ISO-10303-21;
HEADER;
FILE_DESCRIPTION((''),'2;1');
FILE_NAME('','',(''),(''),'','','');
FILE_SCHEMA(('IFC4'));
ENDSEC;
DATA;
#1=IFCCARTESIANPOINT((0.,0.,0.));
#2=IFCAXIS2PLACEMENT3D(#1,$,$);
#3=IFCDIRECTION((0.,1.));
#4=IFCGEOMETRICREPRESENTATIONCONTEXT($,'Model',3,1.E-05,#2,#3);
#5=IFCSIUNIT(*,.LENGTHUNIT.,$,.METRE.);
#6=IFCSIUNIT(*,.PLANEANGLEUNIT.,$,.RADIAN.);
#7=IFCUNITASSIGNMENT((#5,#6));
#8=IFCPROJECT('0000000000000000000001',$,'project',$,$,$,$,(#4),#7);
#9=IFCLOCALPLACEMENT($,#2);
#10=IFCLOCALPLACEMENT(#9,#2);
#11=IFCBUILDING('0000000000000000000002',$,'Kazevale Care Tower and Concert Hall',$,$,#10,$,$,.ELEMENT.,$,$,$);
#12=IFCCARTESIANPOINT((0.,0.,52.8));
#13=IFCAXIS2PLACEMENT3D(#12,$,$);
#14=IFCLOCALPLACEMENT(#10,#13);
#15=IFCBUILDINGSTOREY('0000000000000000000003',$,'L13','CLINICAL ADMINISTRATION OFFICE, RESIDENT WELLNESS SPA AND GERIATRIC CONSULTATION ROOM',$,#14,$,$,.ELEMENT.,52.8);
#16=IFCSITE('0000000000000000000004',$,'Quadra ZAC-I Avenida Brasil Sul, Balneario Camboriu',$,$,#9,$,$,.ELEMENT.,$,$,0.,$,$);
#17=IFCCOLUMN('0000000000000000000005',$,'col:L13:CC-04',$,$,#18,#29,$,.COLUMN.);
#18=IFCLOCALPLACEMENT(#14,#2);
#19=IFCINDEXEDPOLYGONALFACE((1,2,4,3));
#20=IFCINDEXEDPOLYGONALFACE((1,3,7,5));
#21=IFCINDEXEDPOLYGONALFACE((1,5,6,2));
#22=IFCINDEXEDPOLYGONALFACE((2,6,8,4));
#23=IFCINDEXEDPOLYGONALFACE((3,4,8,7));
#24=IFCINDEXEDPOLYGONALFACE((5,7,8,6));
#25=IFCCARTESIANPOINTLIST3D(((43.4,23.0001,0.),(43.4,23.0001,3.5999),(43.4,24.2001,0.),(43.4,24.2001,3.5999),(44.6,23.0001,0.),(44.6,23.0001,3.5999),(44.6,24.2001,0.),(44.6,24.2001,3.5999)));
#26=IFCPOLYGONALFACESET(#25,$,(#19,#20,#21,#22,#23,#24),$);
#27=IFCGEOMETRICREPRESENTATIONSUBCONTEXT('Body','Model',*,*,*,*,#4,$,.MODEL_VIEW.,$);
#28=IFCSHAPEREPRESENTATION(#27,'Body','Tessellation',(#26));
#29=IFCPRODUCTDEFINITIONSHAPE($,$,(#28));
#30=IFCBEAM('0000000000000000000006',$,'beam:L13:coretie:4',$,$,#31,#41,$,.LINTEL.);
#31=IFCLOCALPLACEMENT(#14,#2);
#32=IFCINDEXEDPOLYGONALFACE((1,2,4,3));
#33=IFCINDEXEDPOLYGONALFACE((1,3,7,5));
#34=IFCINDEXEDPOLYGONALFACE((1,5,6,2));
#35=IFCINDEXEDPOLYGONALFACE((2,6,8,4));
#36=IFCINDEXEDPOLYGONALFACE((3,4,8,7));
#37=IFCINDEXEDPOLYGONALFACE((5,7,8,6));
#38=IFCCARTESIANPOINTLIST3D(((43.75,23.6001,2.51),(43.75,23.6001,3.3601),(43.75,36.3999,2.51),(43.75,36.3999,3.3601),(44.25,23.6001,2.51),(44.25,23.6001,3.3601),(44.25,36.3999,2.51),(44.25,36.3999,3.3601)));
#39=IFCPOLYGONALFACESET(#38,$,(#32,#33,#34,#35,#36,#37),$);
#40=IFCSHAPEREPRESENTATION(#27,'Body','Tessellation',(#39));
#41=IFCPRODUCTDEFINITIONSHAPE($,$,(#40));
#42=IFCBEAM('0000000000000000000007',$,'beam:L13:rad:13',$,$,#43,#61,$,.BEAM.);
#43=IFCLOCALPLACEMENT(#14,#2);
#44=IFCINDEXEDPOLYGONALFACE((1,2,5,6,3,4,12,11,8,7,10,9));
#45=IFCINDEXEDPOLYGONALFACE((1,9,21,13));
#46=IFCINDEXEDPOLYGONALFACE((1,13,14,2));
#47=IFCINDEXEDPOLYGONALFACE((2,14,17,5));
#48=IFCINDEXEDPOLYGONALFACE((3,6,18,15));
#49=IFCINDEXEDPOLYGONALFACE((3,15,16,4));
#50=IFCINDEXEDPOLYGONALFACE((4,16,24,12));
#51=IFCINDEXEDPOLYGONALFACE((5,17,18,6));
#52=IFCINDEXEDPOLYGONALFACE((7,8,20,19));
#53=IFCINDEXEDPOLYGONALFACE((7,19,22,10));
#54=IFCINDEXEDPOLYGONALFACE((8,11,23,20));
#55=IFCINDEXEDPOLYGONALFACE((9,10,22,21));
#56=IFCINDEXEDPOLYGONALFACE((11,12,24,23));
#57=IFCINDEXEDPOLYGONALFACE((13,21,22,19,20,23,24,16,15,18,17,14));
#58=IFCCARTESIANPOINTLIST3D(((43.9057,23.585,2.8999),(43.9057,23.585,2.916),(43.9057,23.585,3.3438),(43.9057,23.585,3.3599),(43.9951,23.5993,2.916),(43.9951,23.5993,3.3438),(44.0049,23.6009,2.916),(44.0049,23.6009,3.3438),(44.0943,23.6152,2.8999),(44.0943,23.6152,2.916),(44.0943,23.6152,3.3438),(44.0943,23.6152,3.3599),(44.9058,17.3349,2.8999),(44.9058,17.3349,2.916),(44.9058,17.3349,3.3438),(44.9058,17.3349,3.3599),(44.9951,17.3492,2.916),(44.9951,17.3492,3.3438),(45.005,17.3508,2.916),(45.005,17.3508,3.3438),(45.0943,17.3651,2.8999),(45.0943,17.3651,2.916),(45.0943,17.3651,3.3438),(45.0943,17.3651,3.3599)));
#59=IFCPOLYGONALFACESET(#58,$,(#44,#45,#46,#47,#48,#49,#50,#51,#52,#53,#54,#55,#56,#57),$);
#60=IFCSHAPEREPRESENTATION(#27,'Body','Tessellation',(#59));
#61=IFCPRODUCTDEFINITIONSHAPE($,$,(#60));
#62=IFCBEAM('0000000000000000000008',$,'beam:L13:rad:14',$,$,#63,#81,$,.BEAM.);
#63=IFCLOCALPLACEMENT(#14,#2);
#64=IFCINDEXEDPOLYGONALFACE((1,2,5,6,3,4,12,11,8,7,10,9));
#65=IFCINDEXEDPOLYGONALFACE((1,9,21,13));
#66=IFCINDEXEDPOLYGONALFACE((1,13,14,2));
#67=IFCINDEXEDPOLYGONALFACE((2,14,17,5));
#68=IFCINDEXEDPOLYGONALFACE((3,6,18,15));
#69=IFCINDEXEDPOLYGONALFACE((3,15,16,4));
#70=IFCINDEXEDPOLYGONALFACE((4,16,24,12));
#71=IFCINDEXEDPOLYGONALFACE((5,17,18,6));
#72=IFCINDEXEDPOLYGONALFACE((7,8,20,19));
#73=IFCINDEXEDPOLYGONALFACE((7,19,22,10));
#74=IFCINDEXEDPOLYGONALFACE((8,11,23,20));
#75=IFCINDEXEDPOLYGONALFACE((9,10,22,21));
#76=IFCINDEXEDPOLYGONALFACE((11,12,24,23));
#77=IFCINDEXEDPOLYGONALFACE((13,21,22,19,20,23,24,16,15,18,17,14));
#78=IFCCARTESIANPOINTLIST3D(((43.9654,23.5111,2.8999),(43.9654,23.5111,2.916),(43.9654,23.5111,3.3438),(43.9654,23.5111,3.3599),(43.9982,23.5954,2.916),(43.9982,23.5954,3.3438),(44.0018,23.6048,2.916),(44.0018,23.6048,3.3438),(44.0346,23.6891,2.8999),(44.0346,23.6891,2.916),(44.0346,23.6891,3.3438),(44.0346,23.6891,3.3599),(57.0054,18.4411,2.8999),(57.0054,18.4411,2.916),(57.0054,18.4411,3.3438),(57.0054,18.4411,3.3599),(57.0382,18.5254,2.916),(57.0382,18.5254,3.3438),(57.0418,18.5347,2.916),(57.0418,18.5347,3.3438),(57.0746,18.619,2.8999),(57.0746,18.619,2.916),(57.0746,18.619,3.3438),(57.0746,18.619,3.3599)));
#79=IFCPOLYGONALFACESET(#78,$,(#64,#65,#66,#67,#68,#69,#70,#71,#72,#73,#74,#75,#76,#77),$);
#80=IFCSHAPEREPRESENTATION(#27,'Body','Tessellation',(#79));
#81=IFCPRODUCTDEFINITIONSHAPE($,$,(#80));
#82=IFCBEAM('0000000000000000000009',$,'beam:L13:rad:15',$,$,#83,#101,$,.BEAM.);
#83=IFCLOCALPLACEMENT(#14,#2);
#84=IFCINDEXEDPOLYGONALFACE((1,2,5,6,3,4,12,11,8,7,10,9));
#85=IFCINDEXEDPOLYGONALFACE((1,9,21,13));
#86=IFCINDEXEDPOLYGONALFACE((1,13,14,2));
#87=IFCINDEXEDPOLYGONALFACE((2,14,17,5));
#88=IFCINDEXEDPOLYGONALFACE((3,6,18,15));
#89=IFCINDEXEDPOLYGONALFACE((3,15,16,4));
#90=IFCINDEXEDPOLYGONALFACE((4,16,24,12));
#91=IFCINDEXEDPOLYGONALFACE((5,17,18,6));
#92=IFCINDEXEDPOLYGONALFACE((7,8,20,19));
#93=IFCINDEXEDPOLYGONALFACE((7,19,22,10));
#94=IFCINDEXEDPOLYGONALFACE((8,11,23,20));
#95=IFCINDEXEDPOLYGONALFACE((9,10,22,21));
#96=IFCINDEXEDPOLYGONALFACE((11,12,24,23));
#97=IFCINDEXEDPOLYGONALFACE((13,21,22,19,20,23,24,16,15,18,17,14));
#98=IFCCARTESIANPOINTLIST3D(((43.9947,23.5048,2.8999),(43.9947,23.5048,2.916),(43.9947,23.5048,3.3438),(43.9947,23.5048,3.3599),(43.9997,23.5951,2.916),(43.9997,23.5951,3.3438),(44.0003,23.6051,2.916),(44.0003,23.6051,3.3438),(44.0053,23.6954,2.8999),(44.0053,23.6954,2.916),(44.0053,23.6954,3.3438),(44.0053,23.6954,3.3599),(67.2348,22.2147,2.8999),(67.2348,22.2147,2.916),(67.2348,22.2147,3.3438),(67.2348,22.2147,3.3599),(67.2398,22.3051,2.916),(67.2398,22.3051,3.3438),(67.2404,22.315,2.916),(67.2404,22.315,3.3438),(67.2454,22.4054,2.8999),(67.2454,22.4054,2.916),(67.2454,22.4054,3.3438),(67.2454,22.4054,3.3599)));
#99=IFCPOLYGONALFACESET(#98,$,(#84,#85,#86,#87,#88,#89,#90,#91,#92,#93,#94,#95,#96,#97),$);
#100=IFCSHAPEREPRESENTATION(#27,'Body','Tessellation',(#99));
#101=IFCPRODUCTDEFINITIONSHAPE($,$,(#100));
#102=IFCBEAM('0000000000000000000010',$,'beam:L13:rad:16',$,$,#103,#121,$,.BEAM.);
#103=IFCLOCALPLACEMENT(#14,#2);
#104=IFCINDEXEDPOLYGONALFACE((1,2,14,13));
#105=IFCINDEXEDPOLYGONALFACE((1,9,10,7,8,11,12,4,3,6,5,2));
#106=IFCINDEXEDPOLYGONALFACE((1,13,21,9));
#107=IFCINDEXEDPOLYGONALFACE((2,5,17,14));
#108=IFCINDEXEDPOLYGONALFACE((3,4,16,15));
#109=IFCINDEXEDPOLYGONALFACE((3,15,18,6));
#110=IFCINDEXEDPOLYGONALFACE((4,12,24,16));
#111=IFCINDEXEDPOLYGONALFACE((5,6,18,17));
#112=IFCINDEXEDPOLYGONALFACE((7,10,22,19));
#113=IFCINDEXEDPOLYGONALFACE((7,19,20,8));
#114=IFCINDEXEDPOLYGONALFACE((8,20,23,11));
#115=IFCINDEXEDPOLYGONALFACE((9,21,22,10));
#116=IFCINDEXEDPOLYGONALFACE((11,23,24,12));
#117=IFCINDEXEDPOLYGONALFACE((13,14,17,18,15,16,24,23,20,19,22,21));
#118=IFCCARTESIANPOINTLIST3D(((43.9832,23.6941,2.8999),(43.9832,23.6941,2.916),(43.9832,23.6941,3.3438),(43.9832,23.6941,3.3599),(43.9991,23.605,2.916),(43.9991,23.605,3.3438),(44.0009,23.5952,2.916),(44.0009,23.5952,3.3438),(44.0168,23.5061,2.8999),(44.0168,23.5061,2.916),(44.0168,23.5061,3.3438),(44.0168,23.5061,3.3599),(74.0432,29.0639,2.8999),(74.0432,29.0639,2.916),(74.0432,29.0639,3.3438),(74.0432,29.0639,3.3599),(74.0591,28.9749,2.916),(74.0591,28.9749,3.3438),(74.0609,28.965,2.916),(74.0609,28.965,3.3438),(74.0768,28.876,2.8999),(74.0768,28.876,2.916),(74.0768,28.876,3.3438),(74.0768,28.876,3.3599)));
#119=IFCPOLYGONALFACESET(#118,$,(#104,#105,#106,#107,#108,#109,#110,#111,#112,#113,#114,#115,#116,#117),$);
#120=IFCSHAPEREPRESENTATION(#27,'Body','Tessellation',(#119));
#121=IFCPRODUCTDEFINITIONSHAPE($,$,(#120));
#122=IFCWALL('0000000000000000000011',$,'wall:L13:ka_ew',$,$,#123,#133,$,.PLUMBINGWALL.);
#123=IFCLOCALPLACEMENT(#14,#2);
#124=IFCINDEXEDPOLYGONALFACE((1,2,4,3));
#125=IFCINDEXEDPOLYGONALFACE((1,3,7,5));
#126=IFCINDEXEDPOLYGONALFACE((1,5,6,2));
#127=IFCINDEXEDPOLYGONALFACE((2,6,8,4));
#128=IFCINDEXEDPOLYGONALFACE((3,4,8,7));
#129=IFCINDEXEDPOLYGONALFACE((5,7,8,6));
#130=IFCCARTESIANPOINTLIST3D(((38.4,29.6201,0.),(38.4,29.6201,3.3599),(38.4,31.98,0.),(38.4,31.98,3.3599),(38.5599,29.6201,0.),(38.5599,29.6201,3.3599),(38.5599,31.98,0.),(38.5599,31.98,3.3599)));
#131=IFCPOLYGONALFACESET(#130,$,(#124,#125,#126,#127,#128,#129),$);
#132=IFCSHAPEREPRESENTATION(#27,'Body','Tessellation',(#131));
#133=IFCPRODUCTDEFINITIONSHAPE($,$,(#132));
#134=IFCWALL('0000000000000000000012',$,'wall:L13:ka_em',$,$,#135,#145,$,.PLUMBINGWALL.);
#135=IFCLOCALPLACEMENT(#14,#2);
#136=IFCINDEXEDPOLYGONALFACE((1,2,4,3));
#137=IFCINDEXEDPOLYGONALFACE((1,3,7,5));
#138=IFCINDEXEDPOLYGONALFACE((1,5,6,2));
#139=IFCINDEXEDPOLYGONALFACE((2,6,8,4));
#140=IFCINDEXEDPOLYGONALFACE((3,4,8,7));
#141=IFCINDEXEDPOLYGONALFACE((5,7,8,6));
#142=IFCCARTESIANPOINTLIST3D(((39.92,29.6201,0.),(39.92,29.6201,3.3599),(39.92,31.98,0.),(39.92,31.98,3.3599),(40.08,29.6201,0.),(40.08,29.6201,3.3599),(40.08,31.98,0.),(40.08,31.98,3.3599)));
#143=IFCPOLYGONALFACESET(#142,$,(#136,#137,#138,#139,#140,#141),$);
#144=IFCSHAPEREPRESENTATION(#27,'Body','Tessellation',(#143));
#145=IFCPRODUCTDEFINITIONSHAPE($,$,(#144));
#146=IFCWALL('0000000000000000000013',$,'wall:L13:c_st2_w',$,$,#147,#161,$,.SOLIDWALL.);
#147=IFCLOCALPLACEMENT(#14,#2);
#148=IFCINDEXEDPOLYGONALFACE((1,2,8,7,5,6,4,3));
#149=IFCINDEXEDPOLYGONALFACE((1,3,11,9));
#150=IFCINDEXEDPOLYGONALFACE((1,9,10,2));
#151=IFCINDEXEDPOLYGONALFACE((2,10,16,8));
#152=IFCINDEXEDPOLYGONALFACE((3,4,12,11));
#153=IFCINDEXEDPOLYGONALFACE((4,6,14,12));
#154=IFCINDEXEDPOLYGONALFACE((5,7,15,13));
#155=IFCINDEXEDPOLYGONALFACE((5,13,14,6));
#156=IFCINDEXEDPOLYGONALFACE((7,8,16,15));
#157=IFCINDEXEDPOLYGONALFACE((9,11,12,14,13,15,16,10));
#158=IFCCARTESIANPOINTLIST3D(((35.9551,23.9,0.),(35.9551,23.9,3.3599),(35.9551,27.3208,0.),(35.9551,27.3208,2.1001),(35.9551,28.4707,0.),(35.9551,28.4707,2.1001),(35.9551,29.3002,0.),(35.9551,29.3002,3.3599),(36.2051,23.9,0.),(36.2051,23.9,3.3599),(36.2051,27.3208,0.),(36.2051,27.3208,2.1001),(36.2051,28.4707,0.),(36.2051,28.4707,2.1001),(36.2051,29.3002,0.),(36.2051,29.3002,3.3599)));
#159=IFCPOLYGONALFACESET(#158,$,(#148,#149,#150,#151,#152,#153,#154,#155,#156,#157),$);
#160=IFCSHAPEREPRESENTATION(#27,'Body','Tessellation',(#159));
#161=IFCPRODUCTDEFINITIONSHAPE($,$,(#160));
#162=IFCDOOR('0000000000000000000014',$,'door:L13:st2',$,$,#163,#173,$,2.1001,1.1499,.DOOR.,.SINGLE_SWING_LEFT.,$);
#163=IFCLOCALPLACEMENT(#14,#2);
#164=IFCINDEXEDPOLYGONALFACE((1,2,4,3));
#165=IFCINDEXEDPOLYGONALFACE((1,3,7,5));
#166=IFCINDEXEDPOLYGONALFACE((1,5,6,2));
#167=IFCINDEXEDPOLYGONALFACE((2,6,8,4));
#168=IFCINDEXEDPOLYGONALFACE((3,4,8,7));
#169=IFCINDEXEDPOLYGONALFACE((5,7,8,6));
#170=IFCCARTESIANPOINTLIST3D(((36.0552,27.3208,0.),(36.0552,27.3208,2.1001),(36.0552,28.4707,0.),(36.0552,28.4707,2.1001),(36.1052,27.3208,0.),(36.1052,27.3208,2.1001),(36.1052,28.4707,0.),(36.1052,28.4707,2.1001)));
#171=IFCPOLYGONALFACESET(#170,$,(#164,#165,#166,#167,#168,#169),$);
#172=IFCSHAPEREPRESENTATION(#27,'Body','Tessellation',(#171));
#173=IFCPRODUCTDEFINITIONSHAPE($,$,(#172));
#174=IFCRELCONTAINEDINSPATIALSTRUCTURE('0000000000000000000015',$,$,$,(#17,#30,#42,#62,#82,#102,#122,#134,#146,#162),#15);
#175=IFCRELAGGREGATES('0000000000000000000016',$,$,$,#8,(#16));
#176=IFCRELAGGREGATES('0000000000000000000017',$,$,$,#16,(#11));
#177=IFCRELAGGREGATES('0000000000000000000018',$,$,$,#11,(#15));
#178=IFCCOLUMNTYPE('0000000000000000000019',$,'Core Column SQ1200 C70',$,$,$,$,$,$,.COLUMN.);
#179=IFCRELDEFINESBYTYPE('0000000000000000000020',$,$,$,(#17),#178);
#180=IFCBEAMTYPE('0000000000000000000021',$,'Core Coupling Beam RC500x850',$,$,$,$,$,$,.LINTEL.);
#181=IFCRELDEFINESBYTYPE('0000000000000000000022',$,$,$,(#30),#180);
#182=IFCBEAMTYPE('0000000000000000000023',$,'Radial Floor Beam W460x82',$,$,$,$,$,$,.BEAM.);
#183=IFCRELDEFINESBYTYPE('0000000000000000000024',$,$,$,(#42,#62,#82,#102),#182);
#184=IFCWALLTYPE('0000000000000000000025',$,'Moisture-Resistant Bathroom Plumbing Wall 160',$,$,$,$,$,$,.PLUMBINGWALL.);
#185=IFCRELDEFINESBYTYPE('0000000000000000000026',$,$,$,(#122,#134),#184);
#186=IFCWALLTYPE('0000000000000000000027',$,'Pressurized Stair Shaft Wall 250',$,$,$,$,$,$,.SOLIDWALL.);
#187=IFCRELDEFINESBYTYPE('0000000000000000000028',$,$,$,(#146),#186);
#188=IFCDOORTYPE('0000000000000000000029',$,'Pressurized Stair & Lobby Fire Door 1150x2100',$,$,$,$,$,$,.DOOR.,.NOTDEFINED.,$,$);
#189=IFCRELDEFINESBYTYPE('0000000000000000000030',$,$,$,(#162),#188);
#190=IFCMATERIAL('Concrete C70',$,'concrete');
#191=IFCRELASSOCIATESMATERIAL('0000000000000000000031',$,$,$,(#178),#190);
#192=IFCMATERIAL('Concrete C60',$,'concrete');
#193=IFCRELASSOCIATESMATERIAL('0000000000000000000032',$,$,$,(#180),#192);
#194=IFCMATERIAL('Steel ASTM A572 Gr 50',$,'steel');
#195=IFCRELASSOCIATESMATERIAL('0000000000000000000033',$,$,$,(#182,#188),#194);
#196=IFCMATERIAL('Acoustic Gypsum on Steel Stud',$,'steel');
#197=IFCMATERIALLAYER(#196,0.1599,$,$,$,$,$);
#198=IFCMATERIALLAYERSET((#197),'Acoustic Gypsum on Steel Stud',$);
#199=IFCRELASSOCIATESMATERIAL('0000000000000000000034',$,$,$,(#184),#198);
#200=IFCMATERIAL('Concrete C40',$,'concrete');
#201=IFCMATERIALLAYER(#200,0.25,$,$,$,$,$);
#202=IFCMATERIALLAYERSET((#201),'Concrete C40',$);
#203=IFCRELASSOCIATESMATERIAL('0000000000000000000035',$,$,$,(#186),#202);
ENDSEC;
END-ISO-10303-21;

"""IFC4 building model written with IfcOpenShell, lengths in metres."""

from ifc_helpers import new_model, si_unit, direction, frame, frame_2d, origin, origin_2d, place, context, subcontext, project, spatial, rectangle, i_section, extrude, material, layer, layer_set, material_profile, profile_set, type_object, element, fill, save


model = new_model("IFC4")

# Units and contexts
model_context = context("Model", 3, precision=1e-05, world=origin(), true_north=direction((0.0, 1.0)))
body_context = subcontext(model_context, "Body", "Model", "MODEL_VIEW")
ifc_project = project(units=[si_unit("LENGTHUNIT", "METRE"), si_unit("PLANEANGLEUNIT", "RADIAN")], contexts=[model_context])

# Site, building, storey
site_placement = place(None, origin())
site = spatial("IfcSite", under=ifc_project, at=site_placement, Name="Quadra ZAC-I Avenida Brasil Sul, Balneario Camboriu", CompositionType="ELEMENT", RefElevation=0.0)
building_placement = place(site_placement, origin())
building = spatial("IfcBuilding", under=site, at=building_placement, Name="Kazevale Care Tower and Concert Hall", CompositionType="ELEMENT")
storey_placement = place(building_placement, frame((0.0, 0.0, 52.8)))
storey = spatial("IfcBuildingStorey", under=building, at=storey_placement, Name="L13", Description="CLINICAL ADMINISTRATION OFFICE, RESIDENT WELLNESS SPA AND GERIATRIC CONSULTATION ROOM", CompositionType="ELEMENT", Elevation=52.8)

# Column
ifc_material_1 = material(Name="Concrete C70", Category="concrete")
ifc_material_profile_1 = material_profile(ifc_material_1, rectangle(XDim=1.2, YDim=1.2, at=origin_2d()), Name="RC-SQ1200")
ifc_profile_set_1 = profile_set([ifc_material_profile_1], Name="Concrete C70")
column_type = type_object("IfcColumnType", Name="Core Column SQ1200 C70", PredefinedType="COLUMN", material=ifc_profile_set_1)
column_placement = place(storey_placement, frame((44.0, 23.6001, 0.0), z_axis=(0.0, 0.0, 1.0), x_axis=(1.0, 0.0, 0.0)))
element("IfcColumn", 1, at=column_placement, inside=storey, type_object=column_type, Name="col:L13:CC-04", PredefinedType="COLUMN", context=body_context, shape_type="SweptSolid", body=[
    extrude(rectangle(XDim=1.2, YDim=1.2, at=origin_2d()), origin(), (0.0, 0.0, 1.0), 3.5999),
])

# Beams
ifc_material_2 = material(Name="Concrete C60", Category="concrete")
ifc_material_profile_2 = material_profile(ifc_material_2, rectangle(XDim=0.5, YDim=0.8501, at=origin_2d()), Name="RC-B500x850")
ifc_profile_set_2 = profile_set([ifc_material_profile_2], Name="Concrete C60")
beam_type_1 = type_object("IfcBeamType", Name="Core Coupling Beam RC500x850", PredefinedType="LINTEL", material=ifc_profile_set_2)
beam_1_placement = place(storey_placement, frame((44.0, 23.6001, 2.9351), z_axis=(0.0, 1.0, 0.0), x_axis=(-1.0, 0.0, 0.0)))
element("IfcBeam", 2, at=beam_1_placement, inside=storey, type_object=beam_type_1, Name="beam:L13:coretie:4", PredefinedType="LINTEL", context=body_context, shape_type="SweptSolid", body=[
    extrude(rectangle(XDim=0.5, YDim=0.8501, at=origin_2d()), origin(), (0.0, 0.0, 1.0), 12.7998),
])
ifc_material_3 = material(Name="Steel ASTM A572 Gr 50", Category="steel")
ifc_material_profile_3 = material_profile(ifc_material_3, i_section(OverallWidth=0.1909, OverallDepth=0.46, WebThickness=0.01, FlangeThickness=0.0161, at=origin_2d()), Name="W460x82")
ifc_profile_set_3 = profile_set([ifc_material_profile_3], Name="Steel ASTM A572 Gr 50")
beam_type_2 = type_object("IfcBeamType", Name="Radial Floor Beam W460x82", PredefinedType="BEAM", material=ifc_profile_set_3)
beam_2_placement = place(storey_placement, frame((44.0, 23.6001, 3.1299), z_axis=(0.157991, -0.987441, 0.0), x_axis=(0.987441, 0.157991, 0.0)))
element("IfcBeam", 3, at=beam_2_placement, inside=storey, type_object=beam_type_2, Name="beam:L13:rad:13", PredefinedType="BEAM", context=body_context, shape_type="SweptSolid", body=[
    extrude(i_section(OverallWidth=0.1909, OverallDepth=0.46, WebThickness=0.01, FlangeThickness=0.0161, at=origin_2d()), origin(), (0.0, 0.0, 1.0), 6.3296),
])
beam_3_placement = place(storey_placement, frame((44.0, 23.6001, 3.1299), z_axis=(0.93203, -0.362381, 0.0), x_axis=(0.362381, 0.93203, 0.0)))
element("IfcBeam", 4, at=beam_3_placement, inside=storey, type_object=beam_type_2, Name="beam:L13:rad:14", PredefinedType="BEAM", context=body_context, shape_type="SweptSolid", body=[
    extrude(i_section(OverallWidth=0.1909, OverallDepth=0.46, WebThickness=0.01, FlangeThickness=0.0161, at=origin_2d()), origin(), (0.0, 0.0, 1.0), 13.991),
])
beam_4_placement = place(storey_placement, frame((44.0, 23.6001, 3.1299), z_axis=(0.998463, -0.055424, 0.0), x_axis=(0.055424, 0.998463, 0.0)))
element("IfcBeam", 5, at=beam_4_placement, inside=storey, type_object=beam_type_2, Name="beam:L13:rad:15", PredefinedType="BEAM", context=body_context, shape_type="SweptSolid", body=[
    extrude(i_section(OverallWidth=0.1909, OverallDepth=0.46, WebThickness=0.01, FlangeThickness=0.0161, at=origin_2d()), origin(), (0.0, 0.0, 1.0), 23.2759),
])
beam_5_placement = place(storey_placement, frame((44.0, 23.6001, 3.1299), z_axis=(0.984416, 0.175854, 0.0), x_axis=(-0.175854, 0.984416, 0.0)))
element("IfcBeam", 6, at=beam_5_placement, inside=storey, type_object=beam_type_2, Name="beam:L13:rad:16", PredefinedType="BEAM", context=body_context, shape_type="SweptSolid", body=[
    extrude(i_section(OverallWidth=0.1909, OverallDepth=0.46, WebThickness=0.01, FlangeThickness=0.0161, at=origin_2d()), origin(), (0.0, 0.0, 1.0), 30.5359),
])

# Walls
ifc_material_4 = material(Name="Acoustic Gypsum on Steel Stud", Category="steel")
ifc_layer_1 = layer(ifc_material_4, 0.1599)
ifc_layer_set_1 = layer_set([ifc_layer_1], Name="Acoustic Gypsum on Steel Stud")
wall_type_1 = type_object("IfcWallType", Name="Moisture-Resistant Bathroom Plumbing Wall 160", PredefinedType="PLUMBINGWALL", material=ifc_layer_set_1)
for number, where, z_axis, x_axis, name in (
    (7, (38.48, 29.6201, 0.0), (0.0, 0.0, 1.0), (0.0, 1.0, 0.0), "wall:L13:ka_ew"),
    (8, (40.0, 29.6201, 0.0), (0.0, 0.0, 1.0), (0.0, 1.0, 0.0), "wall:L13:ka_em"),
):
    element("IfcWall", number, at=place(storey_placement, frame(where, z_axis=z_axis, x_axis=x_axis)), inside=storey, type_object=wall_type_1, Name=name, PredefinedType="PLUMBINGWALL", context=body_context, shape_type="SweptSolid", body=[
        extrude(rectangle(XDim=2.3599, YDim=0.1599, at=frame_2d((1.1799, 0.0))), origin(), (0.0, 0.0, 1.0), 3.3599),
    ])

# Wall, opening, door
ifc_material_5 = material(Name="Concrete C40", Category="concrete")
ifc_layer_2 = layer(ifc_material_5, 0.25)
ifc_layer_set_2 = layer_set([ifc_layer_2], Name="Concrete C40")
wall_type_2 = type_object("IfcWallType", Name="Pressurized Stair Shaft Wall 250", PredefinedType="SOLIDWALL", material=ifc_layer_set_2)
wall_1_placement = place(storey_placement, frame((36.0801, 23.8999, 0.0), z_axis=(0.0, 0.0, 1.0), x_axis=(0.0, 1.0, 0.0)))
wall_1 = element("IfcWall", 9, at=wall_1_placement, inside=storey, type_object=wall_type_2, Name="wall:L13:c_st2_w", PredefinedType="SOLIDWALL", context=body_context, shape_type="SweptSolid", body=[
    extrude(rectangle(XDim=5.4001, YDim=0.25, at=frame_2d((2.7002, 0.0))), origin(), (0.0, 0.0, 1.0), 3.3599),
])
opening_1_placement = place(wall_1_placement, frame((3.4209, 0.0, 0.0)))
opening_1 = element("IfcOpeningElement", 10, at=opening_1_placement, cuts=wall_1, PredefinedType="OPENING", context=body_context, shape_type="SweptSolid", body=[
    extrude(rectangle(XDim=1.1499, YDim=2.1001, at=frame_2d((0.575, 1.05))), frame((0.0, 0.135, 0.0), z_axis=(0.0, -1.0, 0.0), x_axis=(1.0, 0.0, 0.0)), (0.0, 0.0, 1.0), 0.27),
])
door_type_1 = type_object("IfcDoorType", Name="Pressurized Stair & Lobby Fire Door 1150x2100", OperationType="NOTDEFINED", PredefinedType="DOOR", material=ifc_material_3)
door_1_placement = place(opening_1_placement, origin())
door_1 = element("IfcDoor", 11, at=door_1_placement, inside=storey, type_object=door_type_1, Name="door:L13:st2", OperationType="SINGLE_SWING_LEFT", OverallHeight=2.1001, OverallWidth=1.1499, PredefinedType="DOOR", context=body_context, shape_type="SweptSolid", body=[
    extrude(rectangle(XDim=1.1499, YDim=2.1001, at=frame_2d((0.575, 1.05))), frame((0.0, 0.0249, 0.0), z_axis=(0.0, -1.0, 0.0), x_axis=(1.0, 0.0, 0.0)), (0.0, 0.0, 1.0), 0.05),
])
fill(opening_1, door_1)

save(model, "model.ifc")
